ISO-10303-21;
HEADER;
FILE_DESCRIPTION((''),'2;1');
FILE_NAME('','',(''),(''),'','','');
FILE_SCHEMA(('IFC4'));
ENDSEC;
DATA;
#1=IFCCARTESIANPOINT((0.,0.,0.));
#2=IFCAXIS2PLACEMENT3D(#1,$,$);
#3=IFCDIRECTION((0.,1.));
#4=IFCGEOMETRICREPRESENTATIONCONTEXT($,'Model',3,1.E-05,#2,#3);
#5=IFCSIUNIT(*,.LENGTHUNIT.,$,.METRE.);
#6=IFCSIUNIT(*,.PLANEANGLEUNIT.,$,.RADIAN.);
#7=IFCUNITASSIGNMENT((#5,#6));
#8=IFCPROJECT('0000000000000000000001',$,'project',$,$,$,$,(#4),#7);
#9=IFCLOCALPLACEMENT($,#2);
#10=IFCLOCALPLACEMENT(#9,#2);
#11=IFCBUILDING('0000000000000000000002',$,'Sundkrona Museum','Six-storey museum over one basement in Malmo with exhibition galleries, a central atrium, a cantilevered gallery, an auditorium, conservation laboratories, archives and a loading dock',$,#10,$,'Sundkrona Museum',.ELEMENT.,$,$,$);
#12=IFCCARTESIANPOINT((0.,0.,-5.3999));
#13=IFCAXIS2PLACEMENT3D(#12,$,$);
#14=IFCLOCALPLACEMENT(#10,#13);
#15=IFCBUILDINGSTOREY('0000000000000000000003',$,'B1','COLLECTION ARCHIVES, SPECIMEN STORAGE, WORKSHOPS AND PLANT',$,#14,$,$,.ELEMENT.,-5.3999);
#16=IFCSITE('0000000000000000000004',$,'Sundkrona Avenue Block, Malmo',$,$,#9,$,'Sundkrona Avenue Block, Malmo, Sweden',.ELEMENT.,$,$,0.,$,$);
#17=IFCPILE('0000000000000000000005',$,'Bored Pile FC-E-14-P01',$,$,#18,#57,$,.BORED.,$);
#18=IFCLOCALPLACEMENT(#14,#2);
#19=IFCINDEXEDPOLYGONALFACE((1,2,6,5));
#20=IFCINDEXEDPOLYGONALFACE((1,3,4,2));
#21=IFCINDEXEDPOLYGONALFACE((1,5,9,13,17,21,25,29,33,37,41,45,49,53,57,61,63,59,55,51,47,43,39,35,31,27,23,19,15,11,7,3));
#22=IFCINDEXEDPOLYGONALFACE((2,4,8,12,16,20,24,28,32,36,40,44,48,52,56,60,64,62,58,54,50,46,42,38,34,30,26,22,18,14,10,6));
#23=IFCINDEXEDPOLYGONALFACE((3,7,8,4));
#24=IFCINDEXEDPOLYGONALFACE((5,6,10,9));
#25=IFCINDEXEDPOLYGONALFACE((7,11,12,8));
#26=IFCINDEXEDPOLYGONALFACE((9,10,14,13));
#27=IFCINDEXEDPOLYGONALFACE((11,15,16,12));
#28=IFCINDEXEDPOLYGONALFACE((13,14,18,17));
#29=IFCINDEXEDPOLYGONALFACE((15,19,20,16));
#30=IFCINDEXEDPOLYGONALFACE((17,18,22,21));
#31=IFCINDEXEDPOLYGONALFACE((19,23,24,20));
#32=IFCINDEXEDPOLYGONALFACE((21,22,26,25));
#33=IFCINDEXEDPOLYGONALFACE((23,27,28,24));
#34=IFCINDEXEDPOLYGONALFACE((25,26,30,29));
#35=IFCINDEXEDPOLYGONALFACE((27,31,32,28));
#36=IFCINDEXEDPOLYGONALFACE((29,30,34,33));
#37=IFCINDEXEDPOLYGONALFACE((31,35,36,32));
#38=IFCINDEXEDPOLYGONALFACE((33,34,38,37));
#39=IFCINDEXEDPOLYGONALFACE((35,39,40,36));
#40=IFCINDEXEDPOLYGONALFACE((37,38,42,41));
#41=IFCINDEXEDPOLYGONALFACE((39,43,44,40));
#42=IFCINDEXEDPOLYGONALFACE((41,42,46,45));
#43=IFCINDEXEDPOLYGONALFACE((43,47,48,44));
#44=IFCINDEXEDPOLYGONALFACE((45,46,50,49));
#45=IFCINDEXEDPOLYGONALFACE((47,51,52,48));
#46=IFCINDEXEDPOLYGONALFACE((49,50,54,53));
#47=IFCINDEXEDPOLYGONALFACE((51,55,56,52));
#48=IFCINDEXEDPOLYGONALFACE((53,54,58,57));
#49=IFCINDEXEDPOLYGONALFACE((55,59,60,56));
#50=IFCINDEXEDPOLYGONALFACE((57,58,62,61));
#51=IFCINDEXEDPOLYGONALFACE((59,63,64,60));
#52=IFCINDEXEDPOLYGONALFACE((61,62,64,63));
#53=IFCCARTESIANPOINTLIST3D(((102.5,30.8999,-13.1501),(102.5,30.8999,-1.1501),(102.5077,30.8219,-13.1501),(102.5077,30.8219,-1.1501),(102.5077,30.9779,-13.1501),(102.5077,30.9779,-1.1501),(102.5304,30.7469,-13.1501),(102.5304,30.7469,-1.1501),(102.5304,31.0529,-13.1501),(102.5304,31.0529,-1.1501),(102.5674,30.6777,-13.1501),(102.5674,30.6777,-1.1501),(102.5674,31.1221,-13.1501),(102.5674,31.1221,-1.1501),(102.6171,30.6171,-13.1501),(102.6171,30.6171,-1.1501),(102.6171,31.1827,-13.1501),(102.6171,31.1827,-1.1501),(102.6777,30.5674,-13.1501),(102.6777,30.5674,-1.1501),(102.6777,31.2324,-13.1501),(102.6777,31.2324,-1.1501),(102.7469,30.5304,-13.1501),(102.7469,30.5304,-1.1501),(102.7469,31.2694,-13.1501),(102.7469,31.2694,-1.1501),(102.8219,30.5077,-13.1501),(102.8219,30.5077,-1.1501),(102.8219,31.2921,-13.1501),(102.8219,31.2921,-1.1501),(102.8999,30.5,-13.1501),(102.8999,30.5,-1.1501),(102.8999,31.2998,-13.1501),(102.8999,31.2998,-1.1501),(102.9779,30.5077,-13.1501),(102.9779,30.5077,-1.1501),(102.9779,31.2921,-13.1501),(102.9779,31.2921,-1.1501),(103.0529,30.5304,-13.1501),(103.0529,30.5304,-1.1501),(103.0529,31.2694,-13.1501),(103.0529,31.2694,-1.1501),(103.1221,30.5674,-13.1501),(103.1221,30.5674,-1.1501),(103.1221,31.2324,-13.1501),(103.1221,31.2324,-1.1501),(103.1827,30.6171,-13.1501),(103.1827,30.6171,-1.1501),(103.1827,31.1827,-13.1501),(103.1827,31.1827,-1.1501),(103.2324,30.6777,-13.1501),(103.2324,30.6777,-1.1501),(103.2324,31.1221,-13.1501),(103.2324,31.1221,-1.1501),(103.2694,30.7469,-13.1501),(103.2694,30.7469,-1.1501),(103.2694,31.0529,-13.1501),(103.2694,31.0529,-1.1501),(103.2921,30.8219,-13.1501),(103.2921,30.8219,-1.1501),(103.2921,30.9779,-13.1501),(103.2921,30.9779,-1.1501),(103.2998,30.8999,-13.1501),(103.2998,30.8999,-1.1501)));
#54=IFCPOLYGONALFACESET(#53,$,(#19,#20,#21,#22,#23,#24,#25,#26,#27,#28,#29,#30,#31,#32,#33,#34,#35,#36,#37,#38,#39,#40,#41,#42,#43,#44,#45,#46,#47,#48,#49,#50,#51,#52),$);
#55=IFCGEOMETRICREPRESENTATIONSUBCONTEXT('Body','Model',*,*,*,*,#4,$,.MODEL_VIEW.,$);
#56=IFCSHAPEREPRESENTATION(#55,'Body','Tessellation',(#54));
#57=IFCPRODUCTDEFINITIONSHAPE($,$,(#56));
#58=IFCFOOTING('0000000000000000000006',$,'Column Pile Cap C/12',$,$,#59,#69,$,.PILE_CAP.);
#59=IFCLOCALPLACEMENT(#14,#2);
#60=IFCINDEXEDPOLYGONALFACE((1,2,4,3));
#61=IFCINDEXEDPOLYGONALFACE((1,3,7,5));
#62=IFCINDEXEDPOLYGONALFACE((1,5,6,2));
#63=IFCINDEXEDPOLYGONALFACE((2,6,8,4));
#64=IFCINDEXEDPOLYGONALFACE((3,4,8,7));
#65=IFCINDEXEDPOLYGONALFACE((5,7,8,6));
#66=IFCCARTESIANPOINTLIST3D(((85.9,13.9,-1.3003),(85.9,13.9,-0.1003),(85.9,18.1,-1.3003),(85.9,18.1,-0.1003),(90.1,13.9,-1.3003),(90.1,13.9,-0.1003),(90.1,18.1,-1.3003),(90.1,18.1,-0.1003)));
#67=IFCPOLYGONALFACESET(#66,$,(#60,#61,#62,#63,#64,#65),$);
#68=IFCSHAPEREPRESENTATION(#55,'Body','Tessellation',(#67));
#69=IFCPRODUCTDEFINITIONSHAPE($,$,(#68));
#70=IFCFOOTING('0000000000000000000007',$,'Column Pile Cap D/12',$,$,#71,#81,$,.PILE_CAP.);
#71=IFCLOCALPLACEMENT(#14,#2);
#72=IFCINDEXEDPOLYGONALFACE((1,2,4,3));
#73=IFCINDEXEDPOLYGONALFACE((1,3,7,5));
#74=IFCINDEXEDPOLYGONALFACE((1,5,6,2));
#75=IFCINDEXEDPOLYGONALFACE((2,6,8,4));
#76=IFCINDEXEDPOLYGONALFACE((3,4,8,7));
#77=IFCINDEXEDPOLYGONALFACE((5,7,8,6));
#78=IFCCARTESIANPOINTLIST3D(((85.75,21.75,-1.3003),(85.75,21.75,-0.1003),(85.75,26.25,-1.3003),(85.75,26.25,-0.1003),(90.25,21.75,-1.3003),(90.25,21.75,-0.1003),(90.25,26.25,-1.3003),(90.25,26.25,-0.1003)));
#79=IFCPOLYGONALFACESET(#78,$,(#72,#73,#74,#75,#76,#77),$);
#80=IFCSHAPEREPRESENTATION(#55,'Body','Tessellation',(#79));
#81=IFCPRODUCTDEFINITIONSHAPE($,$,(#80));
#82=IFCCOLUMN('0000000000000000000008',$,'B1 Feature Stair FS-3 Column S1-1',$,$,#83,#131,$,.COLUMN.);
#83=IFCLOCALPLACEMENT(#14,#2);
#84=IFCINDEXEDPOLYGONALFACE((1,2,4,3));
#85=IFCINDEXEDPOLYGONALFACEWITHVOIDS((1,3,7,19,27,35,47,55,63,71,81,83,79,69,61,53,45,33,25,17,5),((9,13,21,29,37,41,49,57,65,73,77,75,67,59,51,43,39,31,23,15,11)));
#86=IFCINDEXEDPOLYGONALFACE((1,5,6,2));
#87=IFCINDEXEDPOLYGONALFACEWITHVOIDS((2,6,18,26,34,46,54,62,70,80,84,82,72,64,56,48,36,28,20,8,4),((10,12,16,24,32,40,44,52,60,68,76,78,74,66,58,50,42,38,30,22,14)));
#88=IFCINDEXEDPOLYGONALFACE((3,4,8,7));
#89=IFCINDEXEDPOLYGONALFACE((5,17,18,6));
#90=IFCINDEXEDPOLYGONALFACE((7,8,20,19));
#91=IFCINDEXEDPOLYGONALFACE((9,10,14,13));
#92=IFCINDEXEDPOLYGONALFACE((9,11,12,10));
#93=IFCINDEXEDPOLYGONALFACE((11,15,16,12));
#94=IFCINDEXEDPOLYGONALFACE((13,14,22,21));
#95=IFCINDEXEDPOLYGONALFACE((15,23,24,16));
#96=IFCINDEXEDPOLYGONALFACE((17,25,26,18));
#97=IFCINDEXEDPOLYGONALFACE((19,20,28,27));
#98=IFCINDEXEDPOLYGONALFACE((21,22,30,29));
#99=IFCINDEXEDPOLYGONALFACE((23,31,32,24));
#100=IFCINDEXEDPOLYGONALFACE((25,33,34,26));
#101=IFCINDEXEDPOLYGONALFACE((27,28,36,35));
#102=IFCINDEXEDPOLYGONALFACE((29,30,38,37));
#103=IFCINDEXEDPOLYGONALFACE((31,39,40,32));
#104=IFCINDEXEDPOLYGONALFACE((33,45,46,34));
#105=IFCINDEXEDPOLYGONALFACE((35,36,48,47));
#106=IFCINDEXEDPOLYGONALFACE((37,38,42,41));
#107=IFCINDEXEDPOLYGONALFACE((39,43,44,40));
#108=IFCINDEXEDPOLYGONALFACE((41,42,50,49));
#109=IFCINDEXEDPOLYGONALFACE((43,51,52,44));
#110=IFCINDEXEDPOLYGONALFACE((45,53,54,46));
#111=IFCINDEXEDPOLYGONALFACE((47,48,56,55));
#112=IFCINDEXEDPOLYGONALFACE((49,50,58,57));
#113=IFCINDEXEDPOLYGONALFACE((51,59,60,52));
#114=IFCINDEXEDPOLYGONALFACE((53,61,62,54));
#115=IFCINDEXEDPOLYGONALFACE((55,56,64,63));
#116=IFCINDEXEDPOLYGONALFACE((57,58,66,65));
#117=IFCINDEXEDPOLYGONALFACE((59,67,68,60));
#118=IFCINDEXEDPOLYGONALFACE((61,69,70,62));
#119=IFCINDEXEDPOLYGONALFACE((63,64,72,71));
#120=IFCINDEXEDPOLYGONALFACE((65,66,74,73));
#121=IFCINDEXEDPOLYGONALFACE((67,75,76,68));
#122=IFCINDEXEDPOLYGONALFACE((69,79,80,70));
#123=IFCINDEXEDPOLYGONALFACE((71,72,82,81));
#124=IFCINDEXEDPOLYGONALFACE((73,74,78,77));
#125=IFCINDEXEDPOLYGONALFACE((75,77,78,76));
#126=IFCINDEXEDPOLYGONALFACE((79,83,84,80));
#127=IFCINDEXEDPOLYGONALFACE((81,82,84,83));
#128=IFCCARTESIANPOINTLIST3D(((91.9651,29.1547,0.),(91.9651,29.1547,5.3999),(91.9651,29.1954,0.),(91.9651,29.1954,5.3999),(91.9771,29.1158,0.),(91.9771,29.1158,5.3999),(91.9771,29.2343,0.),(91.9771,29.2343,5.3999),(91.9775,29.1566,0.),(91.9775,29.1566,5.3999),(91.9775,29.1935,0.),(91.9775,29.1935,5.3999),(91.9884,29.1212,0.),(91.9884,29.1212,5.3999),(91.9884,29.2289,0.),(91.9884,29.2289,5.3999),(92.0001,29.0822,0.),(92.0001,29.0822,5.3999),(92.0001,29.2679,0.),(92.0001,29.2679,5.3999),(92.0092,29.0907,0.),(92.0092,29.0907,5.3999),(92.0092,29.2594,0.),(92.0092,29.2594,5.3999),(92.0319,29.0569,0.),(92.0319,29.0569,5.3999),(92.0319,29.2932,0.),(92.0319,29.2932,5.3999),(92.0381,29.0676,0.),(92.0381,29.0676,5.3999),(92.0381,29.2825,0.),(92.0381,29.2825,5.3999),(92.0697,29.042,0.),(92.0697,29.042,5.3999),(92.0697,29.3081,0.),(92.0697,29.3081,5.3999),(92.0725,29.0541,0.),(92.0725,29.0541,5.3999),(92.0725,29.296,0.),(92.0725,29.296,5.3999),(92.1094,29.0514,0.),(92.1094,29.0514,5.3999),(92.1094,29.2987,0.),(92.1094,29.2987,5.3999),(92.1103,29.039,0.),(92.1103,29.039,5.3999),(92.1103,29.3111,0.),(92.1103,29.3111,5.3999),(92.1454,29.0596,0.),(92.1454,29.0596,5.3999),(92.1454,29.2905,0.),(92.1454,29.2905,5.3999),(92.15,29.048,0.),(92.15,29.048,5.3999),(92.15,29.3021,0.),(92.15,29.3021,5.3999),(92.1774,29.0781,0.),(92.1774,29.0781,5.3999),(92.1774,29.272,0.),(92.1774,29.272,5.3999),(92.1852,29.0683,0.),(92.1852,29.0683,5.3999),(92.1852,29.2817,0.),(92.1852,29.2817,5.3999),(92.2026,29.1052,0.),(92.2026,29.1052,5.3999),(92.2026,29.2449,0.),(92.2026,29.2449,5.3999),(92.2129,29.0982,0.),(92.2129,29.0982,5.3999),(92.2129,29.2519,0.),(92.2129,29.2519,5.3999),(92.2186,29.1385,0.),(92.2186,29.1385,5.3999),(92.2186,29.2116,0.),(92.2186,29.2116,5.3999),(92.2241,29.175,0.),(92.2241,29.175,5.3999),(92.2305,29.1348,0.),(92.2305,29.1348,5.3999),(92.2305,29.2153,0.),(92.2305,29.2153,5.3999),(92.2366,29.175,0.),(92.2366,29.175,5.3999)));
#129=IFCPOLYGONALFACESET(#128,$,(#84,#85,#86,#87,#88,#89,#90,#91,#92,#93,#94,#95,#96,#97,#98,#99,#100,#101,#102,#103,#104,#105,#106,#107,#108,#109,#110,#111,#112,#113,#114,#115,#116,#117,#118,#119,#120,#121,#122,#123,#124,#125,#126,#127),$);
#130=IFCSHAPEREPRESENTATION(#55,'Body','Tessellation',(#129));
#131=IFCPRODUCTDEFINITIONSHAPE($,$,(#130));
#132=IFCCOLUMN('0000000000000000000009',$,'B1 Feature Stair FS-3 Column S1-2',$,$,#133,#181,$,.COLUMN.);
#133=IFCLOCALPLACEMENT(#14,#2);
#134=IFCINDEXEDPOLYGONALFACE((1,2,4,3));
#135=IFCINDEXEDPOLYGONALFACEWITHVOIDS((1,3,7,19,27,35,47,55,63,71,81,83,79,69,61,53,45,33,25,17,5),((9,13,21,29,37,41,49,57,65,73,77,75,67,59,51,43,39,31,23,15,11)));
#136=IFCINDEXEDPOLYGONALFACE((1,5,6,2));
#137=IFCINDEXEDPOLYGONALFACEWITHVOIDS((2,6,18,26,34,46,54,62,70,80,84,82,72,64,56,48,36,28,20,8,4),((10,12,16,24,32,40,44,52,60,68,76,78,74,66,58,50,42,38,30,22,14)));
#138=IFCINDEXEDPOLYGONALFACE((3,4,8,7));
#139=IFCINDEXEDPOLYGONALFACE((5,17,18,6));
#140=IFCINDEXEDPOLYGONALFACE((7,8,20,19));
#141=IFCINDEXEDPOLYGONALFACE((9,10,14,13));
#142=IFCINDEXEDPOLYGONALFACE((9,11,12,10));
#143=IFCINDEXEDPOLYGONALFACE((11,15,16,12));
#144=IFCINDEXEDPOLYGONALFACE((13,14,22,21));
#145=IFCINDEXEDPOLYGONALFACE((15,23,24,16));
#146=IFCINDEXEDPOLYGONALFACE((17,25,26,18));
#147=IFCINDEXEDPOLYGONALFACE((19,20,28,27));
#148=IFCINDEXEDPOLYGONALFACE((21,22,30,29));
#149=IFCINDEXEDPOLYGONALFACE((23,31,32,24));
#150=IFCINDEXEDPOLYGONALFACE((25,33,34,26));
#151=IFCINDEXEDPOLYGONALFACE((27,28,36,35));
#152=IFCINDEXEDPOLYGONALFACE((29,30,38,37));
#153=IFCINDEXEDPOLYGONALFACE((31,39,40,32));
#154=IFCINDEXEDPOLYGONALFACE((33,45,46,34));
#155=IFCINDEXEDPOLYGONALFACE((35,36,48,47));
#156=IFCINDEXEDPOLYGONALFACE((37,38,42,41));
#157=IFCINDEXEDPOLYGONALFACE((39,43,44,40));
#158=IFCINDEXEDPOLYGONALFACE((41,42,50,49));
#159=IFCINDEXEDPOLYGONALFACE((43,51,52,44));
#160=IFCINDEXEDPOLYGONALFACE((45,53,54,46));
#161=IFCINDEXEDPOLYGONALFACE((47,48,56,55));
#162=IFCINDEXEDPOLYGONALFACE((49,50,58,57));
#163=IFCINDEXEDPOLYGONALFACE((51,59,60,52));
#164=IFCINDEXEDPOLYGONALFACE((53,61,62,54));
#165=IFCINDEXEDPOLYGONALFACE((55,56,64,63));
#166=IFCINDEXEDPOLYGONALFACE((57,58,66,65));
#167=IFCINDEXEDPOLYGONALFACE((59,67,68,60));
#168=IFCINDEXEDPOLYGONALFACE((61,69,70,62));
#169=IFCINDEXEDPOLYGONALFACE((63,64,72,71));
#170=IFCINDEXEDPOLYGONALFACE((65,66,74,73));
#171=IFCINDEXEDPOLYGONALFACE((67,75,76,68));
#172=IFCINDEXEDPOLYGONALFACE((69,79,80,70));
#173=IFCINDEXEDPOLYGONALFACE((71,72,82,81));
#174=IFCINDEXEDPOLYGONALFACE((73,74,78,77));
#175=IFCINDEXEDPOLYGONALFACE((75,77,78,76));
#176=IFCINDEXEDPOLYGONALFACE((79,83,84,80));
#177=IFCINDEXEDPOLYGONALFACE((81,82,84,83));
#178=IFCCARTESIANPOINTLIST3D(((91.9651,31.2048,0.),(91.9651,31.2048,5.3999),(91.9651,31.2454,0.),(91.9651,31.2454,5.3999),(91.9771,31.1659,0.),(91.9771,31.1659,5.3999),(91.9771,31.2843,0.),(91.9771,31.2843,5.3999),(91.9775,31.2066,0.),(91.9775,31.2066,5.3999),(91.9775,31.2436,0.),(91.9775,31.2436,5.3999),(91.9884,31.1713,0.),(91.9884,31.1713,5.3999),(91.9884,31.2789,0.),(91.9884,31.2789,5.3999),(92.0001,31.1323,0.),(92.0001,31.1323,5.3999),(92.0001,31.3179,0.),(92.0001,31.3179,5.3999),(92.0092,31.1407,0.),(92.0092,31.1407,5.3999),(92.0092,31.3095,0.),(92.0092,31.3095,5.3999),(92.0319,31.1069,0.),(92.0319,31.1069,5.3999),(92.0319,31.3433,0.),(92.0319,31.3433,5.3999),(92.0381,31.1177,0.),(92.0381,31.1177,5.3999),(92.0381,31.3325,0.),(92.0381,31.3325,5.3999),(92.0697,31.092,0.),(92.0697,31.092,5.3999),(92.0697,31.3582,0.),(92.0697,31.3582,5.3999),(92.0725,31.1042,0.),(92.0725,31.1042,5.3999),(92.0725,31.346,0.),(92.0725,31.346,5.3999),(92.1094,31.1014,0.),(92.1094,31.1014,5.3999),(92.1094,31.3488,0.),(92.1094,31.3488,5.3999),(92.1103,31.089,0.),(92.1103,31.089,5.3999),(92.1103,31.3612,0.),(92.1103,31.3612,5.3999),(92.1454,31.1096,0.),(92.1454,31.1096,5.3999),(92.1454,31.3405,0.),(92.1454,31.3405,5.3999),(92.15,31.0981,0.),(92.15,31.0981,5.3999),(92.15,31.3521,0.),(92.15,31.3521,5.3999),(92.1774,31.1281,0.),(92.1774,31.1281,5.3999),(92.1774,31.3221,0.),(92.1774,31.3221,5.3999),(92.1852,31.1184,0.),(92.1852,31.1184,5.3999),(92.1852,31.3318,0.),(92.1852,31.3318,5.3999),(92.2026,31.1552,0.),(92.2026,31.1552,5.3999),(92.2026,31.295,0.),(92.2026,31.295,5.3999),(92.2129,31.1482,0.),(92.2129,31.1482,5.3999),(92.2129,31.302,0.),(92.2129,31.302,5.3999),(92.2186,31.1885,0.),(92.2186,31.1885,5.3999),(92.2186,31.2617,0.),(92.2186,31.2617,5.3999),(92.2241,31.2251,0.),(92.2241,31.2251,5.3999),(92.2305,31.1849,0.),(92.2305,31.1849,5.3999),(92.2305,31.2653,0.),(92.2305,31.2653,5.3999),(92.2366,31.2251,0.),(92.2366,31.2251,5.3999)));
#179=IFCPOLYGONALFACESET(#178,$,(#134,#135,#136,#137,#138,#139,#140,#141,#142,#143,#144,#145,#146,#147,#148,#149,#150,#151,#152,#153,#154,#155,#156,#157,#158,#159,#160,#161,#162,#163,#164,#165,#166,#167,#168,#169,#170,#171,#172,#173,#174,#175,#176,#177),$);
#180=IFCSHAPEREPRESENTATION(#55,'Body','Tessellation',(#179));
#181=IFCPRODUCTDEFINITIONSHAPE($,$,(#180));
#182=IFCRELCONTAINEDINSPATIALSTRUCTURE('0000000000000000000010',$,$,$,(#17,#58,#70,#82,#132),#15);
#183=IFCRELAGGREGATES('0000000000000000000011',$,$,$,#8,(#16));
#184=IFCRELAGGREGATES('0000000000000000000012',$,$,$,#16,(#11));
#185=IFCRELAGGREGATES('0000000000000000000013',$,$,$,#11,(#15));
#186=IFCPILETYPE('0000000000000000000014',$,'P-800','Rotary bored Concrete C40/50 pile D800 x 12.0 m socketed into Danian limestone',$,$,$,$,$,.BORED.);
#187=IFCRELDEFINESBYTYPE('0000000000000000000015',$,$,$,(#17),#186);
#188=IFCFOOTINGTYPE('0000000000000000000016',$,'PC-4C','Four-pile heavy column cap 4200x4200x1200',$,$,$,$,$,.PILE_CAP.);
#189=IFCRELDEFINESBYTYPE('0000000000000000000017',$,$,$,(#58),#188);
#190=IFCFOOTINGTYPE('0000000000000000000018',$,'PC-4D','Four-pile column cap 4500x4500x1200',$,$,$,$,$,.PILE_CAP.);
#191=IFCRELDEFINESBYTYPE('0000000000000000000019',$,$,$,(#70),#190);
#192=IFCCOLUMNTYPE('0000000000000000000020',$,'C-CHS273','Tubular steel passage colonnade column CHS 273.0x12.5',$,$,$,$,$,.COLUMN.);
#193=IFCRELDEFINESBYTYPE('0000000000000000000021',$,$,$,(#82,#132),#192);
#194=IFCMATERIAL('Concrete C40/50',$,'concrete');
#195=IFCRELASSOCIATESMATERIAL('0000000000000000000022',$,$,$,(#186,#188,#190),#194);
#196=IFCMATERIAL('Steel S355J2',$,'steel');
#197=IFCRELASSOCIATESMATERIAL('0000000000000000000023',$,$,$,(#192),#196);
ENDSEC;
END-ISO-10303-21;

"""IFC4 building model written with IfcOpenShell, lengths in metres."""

from ifc_helpers import new_model, si_unit, direction, frame, origin, origin_2d, place, context, subcontext, project, spatial, rectangle, circle, hollow_circle, extrude, material, material_profile, profile_set, type_object, element, save


model = new_model("IFC4")

# Units and contexts
model_context = context("Model", 3, precision=1e-05, world=origin(), true_north=direction((0.0, 1.0)))
body_context = subcontext(model_context, "Body", "Model", "MODEL_VIEW")
ifc_project = project(units=[si_unit("LENGTHUNIT", "METRE"), si_unit("PLANEANGLEUNIT", "RADIAN")], contexts=[model_context])

# Site, building, storey
site_placement = place(None, origin())
site = spatial("IfcSite", under=ifc_project, at=site_placement, Name="Sundkrona Avenue Block, Malmo", LongName="Sundkrona Avenue Block, Malmo, Sweden", CompositionType="ELEMENT", RefElevation=0.0)
building_placement = place(site_placement, origin())
building = spatial("IfcBuilding", under=site, at=building_placement, Name="Sundkrona Museum", Description="Six-storey museum over one basement in Malmo with exhibition galleries, a central atrium, a cantilevered gallery, an auditorium, conservation laboratories, archives and a loading dock", LongName="Sundkrona Museum", CompositionType="ELEMENT")
storey_placement = place(building_placement, frame((0.0, 0.0, -5.3999)))
storey = spatial("IfcBuildingStorey", under=building, at=storey_placement, Name="B1", Description="COLLECTION ARCHIVES, SPECIMEN STORAGE, WORKSHOPS AND PLANT", CompositionType="ELEMENT", Elevation=-5.3999)

# Pile
ifc_material_1 = material(Name="Concrete C40/50", Category="concrete")
ifc_material_profile_1 = material_profile(ifc_material_1, circle(Radius=0.3999, at=origin_2d()), Name="PILE D800")
ifc_profile_set_1 = profile_set([ifc_material_profile_1], Name="Concrete C40/50")
pile_type = type_object("IfcPileType", Name="P-800", Description="Rotary bored Concrete C40/50 pile D800 x 12.0 m socketed into Danian limestone", PredefinedType="BORED", material=ifc_profile_set_1)
for number, where, z_axis, x_axis, name in (
    (1, (102.8999, 30.8999, -1.1501), (0.0, 0.0, -1.0), (1.0, 0.0, 0.0), "Bored Pile FC-E-14-P01"),
):
    element("IfcPile", number, at=place(storey_placement, frame(where, z_axis=z_axis, x_axis=x_axis)), inside=storey, type_object=pile_type, Name=name, PredefinedType="BORED", context=body_context, shape_type="SweptSolid", body=[
        extrude(circle(Radius=0.3999, at=origin_2d()), origin(), (0.0, 0.0, 1.0), 12.0),
    ])

# Footings
footing_type_1 = type_object("IfcFootingType", Name="PC-4C", Description="Four-pile heavy column cap 4200x4200x1200", PredefinedType="PILE_CAP", material=ifc_material_1)
footing_1_placement = place(storey_placement, frame((88.0, 16.0, -1.3003), z_axis=(0.0, 0.0, 1.0), x_axis=(1.0, 0.0, 0.0)))
element("IfcFooting", 2, at=footing_1_placement, inside=storey, type_object=footing_type_1, Name="Column Pile Cap C/12", PredefinedType="PILE_CAP", context=body_context, shape_type="SweptSolid", body=[
    extrude(rectangle(XDim=4.2, YDim=4.2, at=origin_2d()), origin(), (0.0, 0.0, 1.0), 1.2),
])
footing_type_2 = type_object("IfcFootingType", Name="PC-4D", Description="Four-pile column cap 4500x4500x1200", PredefinedType="PILE_CAP", material=ifc_material_1)
footing_2_placement = place(storey_placement, frame((88.0, 24.0, -1.3003), z_axis=(0.0, 0.0, 1.0), x_axis=(1.0, 0.0, 0.0)))
element("IfcFooting", 3, at=footing_2_placement, inside=storey, type_object=footing_type_2, Name="Column Pile Cap D/12", PredefinedType="PILE_CAP", context=body_context, shape_type="SweptSolid", body=[
    extrude(rectangle(XDim=4.5, YDim=4.5, at=origin_2d()), origin(), (0.0, 0.0, 1.0), 1.2),
])

# Columns
ifc_material_2 = material(Name="Steel S355J2", Category="steel")
ifc_material_profile_2 = material_profile(ifc_material_2, hollow_circle(Radius=0.1365, WallThickness=0.0125, at=origin_2d()), Name="CHS 273.0x12.5")
ifc_profile_set_2 = profile_set([ifc_material_profile_2], Name="Steel S355J2")
column_type_1 = type_object("IfcColumnType", Name="C-CHS273", Description="Tubular steel passage colonnade column CHS 273.0x12.5", PredefinedType="COLUMN", material=ifc_profile_set_2)
for number, where, z_axis, x_axis, name in (
    (4, (92.1001, 29.175, 0.0), (0.0, 0.0, 1.0), (1.0, 0.0, 0.0), "B1 Feature Stair FS-3 Column S1-1"),
    (5, (92.1001, 31.2251, 0.0), (0.0, 0.0, 1.0), (1.0, 0.0, 0.0), "B1 Feature Stair FS-3 Column S1-2"),
):
    element("IfcColumn", number, at=place(storey_placement, frame(where, z_axis=z_axis, x_axis=x_axis)), inside=storey, type_object=column_type_1, Name=name, PredefinedType="COLUMN", context=body_context, shape_type="SweptSolid", body=[
        extrude(hollow_circle(Radius=0.1365, WallThickness=0.0125, at=origin_2d()), origin(), (0.0, 0.0, 1.0), 5.3999),
    ])

save(model, "model.ifc")
